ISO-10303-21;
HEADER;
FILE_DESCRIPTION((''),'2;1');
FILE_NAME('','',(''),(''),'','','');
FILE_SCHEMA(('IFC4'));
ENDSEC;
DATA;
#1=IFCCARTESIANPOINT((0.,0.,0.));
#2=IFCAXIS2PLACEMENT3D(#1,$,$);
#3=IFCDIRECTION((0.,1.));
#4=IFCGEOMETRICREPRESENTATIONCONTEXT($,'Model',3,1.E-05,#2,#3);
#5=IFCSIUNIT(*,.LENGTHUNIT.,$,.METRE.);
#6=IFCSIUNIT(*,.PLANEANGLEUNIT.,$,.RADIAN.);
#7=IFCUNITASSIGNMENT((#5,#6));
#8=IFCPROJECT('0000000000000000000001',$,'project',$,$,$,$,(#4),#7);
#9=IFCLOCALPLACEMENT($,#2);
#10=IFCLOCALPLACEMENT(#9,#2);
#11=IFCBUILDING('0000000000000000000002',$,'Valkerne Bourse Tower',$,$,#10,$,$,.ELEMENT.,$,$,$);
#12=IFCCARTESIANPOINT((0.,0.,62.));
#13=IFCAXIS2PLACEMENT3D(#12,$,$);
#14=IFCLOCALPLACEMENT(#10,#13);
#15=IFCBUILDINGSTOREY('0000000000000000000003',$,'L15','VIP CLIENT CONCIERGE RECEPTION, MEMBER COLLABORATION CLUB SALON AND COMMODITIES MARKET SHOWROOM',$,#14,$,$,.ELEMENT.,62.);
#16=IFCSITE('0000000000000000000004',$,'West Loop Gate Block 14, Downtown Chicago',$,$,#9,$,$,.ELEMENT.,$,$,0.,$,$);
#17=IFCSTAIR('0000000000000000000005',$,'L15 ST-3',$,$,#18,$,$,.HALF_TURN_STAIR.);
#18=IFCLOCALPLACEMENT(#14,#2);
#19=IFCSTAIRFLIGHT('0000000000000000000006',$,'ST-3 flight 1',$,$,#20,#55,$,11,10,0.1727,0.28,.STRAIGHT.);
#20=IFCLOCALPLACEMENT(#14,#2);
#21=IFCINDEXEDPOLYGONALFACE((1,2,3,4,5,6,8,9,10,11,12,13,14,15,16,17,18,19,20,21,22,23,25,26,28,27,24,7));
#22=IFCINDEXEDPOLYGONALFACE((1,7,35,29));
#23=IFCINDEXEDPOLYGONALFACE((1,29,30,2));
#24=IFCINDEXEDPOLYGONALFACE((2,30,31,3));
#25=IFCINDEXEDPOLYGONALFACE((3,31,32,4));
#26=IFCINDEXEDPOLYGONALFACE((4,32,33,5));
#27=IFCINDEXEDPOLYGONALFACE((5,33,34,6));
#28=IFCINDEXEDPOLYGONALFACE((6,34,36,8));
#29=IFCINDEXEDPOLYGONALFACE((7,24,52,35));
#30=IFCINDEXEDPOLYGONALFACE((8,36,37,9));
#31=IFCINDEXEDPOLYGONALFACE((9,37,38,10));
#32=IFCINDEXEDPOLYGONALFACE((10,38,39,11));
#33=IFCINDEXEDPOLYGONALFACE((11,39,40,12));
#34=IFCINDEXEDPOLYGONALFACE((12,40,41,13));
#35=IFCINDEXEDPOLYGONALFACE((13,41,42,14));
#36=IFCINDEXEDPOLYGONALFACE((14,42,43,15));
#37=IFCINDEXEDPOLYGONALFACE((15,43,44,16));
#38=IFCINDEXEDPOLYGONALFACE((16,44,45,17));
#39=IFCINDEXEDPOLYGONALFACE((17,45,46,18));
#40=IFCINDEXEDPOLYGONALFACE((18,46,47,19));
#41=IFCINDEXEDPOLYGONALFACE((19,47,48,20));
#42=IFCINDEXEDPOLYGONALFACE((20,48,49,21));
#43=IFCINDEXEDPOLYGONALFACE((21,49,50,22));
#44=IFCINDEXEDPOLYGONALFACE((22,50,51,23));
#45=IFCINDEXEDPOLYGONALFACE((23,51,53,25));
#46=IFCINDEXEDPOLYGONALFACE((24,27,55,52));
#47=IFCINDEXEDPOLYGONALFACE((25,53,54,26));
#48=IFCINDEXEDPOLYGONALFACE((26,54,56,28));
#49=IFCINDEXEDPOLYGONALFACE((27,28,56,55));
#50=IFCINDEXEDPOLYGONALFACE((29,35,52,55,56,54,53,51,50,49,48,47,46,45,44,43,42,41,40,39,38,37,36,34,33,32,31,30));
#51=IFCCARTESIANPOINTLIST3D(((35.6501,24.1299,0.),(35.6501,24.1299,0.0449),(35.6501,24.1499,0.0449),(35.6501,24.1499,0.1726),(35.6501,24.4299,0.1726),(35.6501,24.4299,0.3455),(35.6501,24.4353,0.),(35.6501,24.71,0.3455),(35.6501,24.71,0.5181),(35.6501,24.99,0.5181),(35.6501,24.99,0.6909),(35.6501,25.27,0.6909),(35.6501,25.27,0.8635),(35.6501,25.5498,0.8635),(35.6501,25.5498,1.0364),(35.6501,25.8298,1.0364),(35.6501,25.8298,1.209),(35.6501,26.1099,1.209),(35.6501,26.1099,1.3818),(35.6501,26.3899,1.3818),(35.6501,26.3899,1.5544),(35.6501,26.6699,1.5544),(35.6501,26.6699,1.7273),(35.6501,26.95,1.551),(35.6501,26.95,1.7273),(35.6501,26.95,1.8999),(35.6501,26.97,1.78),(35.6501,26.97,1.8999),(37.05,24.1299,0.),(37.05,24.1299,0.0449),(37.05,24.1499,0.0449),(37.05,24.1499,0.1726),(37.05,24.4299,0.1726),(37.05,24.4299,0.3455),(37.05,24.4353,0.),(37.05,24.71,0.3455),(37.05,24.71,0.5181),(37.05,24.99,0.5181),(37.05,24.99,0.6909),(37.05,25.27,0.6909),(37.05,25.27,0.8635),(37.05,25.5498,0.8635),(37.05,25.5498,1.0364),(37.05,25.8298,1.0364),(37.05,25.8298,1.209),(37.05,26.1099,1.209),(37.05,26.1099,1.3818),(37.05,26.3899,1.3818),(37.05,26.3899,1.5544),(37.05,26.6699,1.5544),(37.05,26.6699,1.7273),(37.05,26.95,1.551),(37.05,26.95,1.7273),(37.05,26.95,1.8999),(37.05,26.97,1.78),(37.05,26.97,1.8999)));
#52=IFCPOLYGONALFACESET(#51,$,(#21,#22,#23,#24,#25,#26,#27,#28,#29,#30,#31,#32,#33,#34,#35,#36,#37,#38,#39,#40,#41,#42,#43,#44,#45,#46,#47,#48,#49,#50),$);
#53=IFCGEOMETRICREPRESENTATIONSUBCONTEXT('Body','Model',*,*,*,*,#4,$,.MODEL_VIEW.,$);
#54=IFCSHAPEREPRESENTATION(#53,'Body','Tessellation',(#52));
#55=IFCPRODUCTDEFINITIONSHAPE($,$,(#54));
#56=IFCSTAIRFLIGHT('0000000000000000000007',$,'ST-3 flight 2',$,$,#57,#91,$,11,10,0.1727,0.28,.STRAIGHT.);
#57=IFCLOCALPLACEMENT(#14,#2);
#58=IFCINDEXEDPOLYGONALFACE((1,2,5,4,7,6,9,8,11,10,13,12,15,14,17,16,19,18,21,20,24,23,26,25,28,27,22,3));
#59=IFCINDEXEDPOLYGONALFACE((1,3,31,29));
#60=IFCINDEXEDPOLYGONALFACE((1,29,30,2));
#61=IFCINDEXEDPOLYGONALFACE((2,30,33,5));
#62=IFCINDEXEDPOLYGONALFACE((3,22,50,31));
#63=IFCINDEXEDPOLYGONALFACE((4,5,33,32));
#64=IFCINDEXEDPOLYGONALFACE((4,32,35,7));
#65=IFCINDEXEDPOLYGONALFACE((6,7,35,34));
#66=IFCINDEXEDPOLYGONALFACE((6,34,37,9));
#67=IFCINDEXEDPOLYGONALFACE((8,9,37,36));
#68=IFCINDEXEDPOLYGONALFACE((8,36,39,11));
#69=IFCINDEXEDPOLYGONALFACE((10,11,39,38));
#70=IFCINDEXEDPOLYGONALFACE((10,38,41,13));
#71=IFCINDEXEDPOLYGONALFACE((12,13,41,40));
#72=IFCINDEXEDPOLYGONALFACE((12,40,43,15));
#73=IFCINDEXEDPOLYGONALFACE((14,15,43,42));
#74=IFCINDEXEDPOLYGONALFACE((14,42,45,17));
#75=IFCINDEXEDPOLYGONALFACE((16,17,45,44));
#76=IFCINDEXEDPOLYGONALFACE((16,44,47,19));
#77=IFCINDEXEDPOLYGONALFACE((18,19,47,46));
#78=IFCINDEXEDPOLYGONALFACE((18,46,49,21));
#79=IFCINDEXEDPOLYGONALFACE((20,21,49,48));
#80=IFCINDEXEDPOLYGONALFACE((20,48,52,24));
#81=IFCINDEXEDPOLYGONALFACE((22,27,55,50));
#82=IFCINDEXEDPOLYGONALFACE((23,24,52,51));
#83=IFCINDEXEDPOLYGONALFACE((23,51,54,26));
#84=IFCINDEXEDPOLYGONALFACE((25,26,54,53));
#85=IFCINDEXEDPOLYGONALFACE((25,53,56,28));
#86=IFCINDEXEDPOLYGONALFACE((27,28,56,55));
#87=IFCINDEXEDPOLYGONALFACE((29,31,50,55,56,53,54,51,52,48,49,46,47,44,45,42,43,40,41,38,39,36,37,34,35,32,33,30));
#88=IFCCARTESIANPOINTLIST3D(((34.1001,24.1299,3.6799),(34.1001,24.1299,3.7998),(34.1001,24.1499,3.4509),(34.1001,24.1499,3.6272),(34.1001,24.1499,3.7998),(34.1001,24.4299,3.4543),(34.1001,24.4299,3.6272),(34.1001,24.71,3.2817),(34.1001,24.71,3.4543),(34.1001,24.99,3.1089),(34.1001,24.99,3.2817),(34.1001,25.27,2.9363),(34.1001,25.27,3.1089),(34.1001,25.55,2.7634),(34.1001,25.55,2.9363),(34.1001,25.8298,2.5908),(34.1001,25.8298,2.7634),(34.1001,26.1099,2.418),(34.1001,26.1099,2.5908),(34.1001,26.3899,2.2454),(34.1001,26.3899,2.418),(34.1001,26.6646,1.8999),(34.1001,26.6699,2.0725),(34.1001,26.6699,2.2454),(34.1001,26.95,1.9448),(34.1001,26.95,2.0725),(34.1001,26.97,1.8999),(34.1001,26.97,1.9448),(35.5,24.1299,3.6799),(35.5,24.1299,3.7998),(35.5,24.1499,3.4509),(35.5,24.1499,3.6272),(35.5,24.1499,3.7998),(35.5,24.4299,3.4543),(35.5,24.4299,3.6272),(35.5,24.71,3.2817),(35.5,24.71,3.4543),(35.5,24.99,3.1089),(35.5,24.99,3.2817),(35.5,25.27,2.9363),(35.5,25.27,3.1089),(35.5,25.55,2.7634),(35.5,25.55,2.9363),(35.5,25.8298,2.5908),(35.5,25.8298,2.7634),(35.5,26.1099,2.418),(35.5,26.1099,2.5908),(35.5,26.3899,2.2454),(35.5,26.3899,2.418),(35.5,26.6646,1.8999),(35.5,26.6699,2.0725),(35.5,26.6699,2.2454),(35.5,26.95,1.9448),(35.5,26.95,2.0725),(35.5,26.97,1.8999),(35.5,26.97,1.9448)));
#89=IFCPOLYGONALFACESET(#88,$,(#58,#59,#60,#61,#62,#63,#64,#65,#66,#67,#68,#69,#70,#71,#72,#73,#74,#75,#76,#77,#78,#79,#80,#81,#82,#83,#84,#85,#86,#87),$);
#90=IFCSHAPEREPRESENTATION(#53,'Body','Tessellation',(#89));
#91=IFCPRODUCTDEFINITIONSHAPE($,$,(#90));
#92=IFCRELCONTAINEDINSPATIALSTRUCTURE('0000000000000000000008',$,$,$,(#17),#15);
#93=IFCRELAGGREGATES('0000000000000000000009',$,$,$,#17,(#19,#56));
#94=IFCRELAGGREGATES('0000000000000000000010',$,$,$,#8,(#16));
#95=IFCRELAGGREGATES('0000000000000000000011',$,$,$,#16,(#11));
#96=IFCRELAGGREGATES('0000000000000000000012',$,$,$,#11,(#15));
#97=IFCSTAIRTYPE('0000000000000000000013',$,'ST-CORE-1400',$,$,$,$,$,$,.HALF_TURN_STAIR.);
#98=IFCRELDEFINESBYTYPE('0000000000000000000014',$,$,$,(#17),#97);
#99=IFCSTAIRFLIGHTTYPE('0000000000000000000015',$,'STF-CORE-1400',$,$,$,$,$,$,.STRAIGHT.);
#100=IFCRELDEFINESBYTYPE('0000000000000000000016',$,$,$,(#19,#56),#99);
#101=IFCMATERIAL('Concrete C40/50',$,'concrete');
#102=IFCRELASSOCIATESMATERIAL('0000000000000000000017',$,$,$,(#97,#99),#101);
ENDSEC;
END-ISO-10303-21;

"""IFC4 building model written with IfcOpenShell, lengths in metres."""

from ifc_helpers import new_model, si_unit, direction, frame, origin, place, context, subcontext, project, spatial, polyline, outline, extrude, material, type_object, element, aggregate, save


model = new_model("IFC4")

# Units and contexts
model_context = context("Model", 3, precision=1e-05, world=origin(), true_north=direction((0.0, 1.0)))
body_context = subcontext(model_context, "Body", "Model", "MODEL_VIEW")
ifc_project = project(units=[si_unit("LENGTHUNIT", "METRE"), si_unit("PLANEANGLEUNIT", "RADIAN")], contexts=[model_context])

# Site, building, storey
site_placement = place(None, origin())
site = spatial("IfcSite", under=ifc_project, at=site_placement, Name="West Loop Gate Block 14, Downtown Chicago", CompositionType="ELEMENT", RefElevation=0.0)
building_placement = place(site_placement, origin())
building = spatial("IfcBuilding", under=site, at=building_placement, Name="Valkerne Bourse Tower", CompositionType="ELEMENT")
storey_placement = place(building_placement, frame((0.0, 0.0, 62.0)))
storey = spatial("IfcBuildingStorey", under=building, at=storey_placement, Name="L15", Description="VIP CLIENT CONCIERGE RECEPTION, MEMBER COLLABORATION CLUB SALON AND COMMODITIES MARKET SHOWROOM", CompositionType="ELEMENT", Elevation=62.0)

# Shared definitions
ifc_material_1 = material(Name="Concrete C40/50", Category="concrete")

# Stair, stair flights
stair_type = type_object("IfcStairType", Name="ST-CORE-1400", PredefinedType="HALF_TURN_STAIR", material=ifc_material_1)
stair_placement = place(storey_placement, origin())
stair = element("IfcStair", 1, at=stair_placement, inside=storey, type_object=stair_type, Name="L15 ST-3", PredefinedType="HALF_TURN_STAIR")
stair_flight_type = type_object("IfcStairFlightType", Name="STF-CORE-1400", PredefinedType="STRAIGHT", material=ifc_material_1)
stair_flight_1_placement = place(storey_placement, frame((36.3501, 24.1499, 0.0), z_axis=(0.0, 0.0, 1.0), x_axis=(0.0, 1.0, 0.0)))
stair_flight_1 = element("IfcStairFlight", 2, at=stair_flight_1_placement, type_object=stair_flight_type, Name="ST-3 flight 1", NumberOfRisers=11, NumberOfTreads=10, PredefinedType="STRAIGHT", RiserHeight=0.1727, TreadLength=0.28, context=body_context, shape_type="SweptSolid", body=[
    extrude(outline(polyline([(-0.02, 0.0), (-0.02, 0.0449), (0.0, 0.0449), (0.0, 0.1726), (0.28, 0.1726), (0.28, 0.3455), (0.5601, 0.3455), (0.5601, 0.5181), (0.8401, 0.5181), (0.8401, 0.6909), (1.1201, 0.6909), (1.1201, 0.8635), (1.3999, 0.8635), (1.3999, 1.0364), (1.6799, 1.0364), (1.6799, 1.209), (1.96, 1.209), (1.96, 1.3818), (2.24, 1.3818), (2.24, 1.5544), (2.52, 1.5544), (2.52, 1.7273), (2.8, 1.7273), (2.8, 1.8999), (2.8201, 1.8999), (2.8201, 1.78), (2.8, 1.551), (0.2854, 0.0), (-0.02, 0.0)])), frame((0.0, 0.7, 0.0), z_axis=(0.0, -1.0, 0.0), x_axis=(1.0, 0.0, 0.0)), (0.0, 0.0, 1.0), 1.3999),
])
stair_flight_2_placement = place(storey_placement, frame((34.8, 26.95, 1.8999), z_axis=(0.0, 0.0, 1.0), x_axis=(0.0, -1.0, 0.0)))
stair_flight_2 = element("IfcStairFlight", 3, at=stair_flight_2_placement, type_object=stair_flight_type, Name="ST-3 flight 2", NumberOfRisers=11, NumberOfTreads=10, PredefinedType="STRAIGHT", RiserHeight=0.1727, TreadLength=0.28, context=body_context, shape_type="SweptSolid", body=[
    extrude(outline(polyline([(-0.02, 0.0), (-0.02, 0.0449), (0.0, 0.0449), (0.0, 0.1726), (0.28, 0.1726), (0.28, 0.3455), (0.5601, 0.3455), (0.5601, 0.5181), (0.8401, 0.5181), (0.8401, 0.6909), (1.1201, 0.6909), (1.1201, 0.8635), (1.3999, 0.8635), (1.3999, 1.0364), (1.6799, 1.0364), (1.6799, 1.209), (1.96, 1.209), (1.96, 1.3818), (2.24, 1.3818), (2.24, 1.5544), (2.52, 1.5544), (2.52, 1.7273), (2.8, 1.7273), (2.8, 1.8999), (2.8201, 1.8999), (2.8201, 1.78), (2.8, 1.551), (0.2854, 0.0), (-0.02, 0.0)])), frame((0.0, 0.7, 0.0), z_axis=(0.0, -1.0, 0.0), x_axis=(1.0, 0.0, 0.0)), (0.0, 0.0, 1.0), 1.3999),
])
aggregate(stair, [stair_flight_1, stair_flight_2])

save(model, "model.ifc")
